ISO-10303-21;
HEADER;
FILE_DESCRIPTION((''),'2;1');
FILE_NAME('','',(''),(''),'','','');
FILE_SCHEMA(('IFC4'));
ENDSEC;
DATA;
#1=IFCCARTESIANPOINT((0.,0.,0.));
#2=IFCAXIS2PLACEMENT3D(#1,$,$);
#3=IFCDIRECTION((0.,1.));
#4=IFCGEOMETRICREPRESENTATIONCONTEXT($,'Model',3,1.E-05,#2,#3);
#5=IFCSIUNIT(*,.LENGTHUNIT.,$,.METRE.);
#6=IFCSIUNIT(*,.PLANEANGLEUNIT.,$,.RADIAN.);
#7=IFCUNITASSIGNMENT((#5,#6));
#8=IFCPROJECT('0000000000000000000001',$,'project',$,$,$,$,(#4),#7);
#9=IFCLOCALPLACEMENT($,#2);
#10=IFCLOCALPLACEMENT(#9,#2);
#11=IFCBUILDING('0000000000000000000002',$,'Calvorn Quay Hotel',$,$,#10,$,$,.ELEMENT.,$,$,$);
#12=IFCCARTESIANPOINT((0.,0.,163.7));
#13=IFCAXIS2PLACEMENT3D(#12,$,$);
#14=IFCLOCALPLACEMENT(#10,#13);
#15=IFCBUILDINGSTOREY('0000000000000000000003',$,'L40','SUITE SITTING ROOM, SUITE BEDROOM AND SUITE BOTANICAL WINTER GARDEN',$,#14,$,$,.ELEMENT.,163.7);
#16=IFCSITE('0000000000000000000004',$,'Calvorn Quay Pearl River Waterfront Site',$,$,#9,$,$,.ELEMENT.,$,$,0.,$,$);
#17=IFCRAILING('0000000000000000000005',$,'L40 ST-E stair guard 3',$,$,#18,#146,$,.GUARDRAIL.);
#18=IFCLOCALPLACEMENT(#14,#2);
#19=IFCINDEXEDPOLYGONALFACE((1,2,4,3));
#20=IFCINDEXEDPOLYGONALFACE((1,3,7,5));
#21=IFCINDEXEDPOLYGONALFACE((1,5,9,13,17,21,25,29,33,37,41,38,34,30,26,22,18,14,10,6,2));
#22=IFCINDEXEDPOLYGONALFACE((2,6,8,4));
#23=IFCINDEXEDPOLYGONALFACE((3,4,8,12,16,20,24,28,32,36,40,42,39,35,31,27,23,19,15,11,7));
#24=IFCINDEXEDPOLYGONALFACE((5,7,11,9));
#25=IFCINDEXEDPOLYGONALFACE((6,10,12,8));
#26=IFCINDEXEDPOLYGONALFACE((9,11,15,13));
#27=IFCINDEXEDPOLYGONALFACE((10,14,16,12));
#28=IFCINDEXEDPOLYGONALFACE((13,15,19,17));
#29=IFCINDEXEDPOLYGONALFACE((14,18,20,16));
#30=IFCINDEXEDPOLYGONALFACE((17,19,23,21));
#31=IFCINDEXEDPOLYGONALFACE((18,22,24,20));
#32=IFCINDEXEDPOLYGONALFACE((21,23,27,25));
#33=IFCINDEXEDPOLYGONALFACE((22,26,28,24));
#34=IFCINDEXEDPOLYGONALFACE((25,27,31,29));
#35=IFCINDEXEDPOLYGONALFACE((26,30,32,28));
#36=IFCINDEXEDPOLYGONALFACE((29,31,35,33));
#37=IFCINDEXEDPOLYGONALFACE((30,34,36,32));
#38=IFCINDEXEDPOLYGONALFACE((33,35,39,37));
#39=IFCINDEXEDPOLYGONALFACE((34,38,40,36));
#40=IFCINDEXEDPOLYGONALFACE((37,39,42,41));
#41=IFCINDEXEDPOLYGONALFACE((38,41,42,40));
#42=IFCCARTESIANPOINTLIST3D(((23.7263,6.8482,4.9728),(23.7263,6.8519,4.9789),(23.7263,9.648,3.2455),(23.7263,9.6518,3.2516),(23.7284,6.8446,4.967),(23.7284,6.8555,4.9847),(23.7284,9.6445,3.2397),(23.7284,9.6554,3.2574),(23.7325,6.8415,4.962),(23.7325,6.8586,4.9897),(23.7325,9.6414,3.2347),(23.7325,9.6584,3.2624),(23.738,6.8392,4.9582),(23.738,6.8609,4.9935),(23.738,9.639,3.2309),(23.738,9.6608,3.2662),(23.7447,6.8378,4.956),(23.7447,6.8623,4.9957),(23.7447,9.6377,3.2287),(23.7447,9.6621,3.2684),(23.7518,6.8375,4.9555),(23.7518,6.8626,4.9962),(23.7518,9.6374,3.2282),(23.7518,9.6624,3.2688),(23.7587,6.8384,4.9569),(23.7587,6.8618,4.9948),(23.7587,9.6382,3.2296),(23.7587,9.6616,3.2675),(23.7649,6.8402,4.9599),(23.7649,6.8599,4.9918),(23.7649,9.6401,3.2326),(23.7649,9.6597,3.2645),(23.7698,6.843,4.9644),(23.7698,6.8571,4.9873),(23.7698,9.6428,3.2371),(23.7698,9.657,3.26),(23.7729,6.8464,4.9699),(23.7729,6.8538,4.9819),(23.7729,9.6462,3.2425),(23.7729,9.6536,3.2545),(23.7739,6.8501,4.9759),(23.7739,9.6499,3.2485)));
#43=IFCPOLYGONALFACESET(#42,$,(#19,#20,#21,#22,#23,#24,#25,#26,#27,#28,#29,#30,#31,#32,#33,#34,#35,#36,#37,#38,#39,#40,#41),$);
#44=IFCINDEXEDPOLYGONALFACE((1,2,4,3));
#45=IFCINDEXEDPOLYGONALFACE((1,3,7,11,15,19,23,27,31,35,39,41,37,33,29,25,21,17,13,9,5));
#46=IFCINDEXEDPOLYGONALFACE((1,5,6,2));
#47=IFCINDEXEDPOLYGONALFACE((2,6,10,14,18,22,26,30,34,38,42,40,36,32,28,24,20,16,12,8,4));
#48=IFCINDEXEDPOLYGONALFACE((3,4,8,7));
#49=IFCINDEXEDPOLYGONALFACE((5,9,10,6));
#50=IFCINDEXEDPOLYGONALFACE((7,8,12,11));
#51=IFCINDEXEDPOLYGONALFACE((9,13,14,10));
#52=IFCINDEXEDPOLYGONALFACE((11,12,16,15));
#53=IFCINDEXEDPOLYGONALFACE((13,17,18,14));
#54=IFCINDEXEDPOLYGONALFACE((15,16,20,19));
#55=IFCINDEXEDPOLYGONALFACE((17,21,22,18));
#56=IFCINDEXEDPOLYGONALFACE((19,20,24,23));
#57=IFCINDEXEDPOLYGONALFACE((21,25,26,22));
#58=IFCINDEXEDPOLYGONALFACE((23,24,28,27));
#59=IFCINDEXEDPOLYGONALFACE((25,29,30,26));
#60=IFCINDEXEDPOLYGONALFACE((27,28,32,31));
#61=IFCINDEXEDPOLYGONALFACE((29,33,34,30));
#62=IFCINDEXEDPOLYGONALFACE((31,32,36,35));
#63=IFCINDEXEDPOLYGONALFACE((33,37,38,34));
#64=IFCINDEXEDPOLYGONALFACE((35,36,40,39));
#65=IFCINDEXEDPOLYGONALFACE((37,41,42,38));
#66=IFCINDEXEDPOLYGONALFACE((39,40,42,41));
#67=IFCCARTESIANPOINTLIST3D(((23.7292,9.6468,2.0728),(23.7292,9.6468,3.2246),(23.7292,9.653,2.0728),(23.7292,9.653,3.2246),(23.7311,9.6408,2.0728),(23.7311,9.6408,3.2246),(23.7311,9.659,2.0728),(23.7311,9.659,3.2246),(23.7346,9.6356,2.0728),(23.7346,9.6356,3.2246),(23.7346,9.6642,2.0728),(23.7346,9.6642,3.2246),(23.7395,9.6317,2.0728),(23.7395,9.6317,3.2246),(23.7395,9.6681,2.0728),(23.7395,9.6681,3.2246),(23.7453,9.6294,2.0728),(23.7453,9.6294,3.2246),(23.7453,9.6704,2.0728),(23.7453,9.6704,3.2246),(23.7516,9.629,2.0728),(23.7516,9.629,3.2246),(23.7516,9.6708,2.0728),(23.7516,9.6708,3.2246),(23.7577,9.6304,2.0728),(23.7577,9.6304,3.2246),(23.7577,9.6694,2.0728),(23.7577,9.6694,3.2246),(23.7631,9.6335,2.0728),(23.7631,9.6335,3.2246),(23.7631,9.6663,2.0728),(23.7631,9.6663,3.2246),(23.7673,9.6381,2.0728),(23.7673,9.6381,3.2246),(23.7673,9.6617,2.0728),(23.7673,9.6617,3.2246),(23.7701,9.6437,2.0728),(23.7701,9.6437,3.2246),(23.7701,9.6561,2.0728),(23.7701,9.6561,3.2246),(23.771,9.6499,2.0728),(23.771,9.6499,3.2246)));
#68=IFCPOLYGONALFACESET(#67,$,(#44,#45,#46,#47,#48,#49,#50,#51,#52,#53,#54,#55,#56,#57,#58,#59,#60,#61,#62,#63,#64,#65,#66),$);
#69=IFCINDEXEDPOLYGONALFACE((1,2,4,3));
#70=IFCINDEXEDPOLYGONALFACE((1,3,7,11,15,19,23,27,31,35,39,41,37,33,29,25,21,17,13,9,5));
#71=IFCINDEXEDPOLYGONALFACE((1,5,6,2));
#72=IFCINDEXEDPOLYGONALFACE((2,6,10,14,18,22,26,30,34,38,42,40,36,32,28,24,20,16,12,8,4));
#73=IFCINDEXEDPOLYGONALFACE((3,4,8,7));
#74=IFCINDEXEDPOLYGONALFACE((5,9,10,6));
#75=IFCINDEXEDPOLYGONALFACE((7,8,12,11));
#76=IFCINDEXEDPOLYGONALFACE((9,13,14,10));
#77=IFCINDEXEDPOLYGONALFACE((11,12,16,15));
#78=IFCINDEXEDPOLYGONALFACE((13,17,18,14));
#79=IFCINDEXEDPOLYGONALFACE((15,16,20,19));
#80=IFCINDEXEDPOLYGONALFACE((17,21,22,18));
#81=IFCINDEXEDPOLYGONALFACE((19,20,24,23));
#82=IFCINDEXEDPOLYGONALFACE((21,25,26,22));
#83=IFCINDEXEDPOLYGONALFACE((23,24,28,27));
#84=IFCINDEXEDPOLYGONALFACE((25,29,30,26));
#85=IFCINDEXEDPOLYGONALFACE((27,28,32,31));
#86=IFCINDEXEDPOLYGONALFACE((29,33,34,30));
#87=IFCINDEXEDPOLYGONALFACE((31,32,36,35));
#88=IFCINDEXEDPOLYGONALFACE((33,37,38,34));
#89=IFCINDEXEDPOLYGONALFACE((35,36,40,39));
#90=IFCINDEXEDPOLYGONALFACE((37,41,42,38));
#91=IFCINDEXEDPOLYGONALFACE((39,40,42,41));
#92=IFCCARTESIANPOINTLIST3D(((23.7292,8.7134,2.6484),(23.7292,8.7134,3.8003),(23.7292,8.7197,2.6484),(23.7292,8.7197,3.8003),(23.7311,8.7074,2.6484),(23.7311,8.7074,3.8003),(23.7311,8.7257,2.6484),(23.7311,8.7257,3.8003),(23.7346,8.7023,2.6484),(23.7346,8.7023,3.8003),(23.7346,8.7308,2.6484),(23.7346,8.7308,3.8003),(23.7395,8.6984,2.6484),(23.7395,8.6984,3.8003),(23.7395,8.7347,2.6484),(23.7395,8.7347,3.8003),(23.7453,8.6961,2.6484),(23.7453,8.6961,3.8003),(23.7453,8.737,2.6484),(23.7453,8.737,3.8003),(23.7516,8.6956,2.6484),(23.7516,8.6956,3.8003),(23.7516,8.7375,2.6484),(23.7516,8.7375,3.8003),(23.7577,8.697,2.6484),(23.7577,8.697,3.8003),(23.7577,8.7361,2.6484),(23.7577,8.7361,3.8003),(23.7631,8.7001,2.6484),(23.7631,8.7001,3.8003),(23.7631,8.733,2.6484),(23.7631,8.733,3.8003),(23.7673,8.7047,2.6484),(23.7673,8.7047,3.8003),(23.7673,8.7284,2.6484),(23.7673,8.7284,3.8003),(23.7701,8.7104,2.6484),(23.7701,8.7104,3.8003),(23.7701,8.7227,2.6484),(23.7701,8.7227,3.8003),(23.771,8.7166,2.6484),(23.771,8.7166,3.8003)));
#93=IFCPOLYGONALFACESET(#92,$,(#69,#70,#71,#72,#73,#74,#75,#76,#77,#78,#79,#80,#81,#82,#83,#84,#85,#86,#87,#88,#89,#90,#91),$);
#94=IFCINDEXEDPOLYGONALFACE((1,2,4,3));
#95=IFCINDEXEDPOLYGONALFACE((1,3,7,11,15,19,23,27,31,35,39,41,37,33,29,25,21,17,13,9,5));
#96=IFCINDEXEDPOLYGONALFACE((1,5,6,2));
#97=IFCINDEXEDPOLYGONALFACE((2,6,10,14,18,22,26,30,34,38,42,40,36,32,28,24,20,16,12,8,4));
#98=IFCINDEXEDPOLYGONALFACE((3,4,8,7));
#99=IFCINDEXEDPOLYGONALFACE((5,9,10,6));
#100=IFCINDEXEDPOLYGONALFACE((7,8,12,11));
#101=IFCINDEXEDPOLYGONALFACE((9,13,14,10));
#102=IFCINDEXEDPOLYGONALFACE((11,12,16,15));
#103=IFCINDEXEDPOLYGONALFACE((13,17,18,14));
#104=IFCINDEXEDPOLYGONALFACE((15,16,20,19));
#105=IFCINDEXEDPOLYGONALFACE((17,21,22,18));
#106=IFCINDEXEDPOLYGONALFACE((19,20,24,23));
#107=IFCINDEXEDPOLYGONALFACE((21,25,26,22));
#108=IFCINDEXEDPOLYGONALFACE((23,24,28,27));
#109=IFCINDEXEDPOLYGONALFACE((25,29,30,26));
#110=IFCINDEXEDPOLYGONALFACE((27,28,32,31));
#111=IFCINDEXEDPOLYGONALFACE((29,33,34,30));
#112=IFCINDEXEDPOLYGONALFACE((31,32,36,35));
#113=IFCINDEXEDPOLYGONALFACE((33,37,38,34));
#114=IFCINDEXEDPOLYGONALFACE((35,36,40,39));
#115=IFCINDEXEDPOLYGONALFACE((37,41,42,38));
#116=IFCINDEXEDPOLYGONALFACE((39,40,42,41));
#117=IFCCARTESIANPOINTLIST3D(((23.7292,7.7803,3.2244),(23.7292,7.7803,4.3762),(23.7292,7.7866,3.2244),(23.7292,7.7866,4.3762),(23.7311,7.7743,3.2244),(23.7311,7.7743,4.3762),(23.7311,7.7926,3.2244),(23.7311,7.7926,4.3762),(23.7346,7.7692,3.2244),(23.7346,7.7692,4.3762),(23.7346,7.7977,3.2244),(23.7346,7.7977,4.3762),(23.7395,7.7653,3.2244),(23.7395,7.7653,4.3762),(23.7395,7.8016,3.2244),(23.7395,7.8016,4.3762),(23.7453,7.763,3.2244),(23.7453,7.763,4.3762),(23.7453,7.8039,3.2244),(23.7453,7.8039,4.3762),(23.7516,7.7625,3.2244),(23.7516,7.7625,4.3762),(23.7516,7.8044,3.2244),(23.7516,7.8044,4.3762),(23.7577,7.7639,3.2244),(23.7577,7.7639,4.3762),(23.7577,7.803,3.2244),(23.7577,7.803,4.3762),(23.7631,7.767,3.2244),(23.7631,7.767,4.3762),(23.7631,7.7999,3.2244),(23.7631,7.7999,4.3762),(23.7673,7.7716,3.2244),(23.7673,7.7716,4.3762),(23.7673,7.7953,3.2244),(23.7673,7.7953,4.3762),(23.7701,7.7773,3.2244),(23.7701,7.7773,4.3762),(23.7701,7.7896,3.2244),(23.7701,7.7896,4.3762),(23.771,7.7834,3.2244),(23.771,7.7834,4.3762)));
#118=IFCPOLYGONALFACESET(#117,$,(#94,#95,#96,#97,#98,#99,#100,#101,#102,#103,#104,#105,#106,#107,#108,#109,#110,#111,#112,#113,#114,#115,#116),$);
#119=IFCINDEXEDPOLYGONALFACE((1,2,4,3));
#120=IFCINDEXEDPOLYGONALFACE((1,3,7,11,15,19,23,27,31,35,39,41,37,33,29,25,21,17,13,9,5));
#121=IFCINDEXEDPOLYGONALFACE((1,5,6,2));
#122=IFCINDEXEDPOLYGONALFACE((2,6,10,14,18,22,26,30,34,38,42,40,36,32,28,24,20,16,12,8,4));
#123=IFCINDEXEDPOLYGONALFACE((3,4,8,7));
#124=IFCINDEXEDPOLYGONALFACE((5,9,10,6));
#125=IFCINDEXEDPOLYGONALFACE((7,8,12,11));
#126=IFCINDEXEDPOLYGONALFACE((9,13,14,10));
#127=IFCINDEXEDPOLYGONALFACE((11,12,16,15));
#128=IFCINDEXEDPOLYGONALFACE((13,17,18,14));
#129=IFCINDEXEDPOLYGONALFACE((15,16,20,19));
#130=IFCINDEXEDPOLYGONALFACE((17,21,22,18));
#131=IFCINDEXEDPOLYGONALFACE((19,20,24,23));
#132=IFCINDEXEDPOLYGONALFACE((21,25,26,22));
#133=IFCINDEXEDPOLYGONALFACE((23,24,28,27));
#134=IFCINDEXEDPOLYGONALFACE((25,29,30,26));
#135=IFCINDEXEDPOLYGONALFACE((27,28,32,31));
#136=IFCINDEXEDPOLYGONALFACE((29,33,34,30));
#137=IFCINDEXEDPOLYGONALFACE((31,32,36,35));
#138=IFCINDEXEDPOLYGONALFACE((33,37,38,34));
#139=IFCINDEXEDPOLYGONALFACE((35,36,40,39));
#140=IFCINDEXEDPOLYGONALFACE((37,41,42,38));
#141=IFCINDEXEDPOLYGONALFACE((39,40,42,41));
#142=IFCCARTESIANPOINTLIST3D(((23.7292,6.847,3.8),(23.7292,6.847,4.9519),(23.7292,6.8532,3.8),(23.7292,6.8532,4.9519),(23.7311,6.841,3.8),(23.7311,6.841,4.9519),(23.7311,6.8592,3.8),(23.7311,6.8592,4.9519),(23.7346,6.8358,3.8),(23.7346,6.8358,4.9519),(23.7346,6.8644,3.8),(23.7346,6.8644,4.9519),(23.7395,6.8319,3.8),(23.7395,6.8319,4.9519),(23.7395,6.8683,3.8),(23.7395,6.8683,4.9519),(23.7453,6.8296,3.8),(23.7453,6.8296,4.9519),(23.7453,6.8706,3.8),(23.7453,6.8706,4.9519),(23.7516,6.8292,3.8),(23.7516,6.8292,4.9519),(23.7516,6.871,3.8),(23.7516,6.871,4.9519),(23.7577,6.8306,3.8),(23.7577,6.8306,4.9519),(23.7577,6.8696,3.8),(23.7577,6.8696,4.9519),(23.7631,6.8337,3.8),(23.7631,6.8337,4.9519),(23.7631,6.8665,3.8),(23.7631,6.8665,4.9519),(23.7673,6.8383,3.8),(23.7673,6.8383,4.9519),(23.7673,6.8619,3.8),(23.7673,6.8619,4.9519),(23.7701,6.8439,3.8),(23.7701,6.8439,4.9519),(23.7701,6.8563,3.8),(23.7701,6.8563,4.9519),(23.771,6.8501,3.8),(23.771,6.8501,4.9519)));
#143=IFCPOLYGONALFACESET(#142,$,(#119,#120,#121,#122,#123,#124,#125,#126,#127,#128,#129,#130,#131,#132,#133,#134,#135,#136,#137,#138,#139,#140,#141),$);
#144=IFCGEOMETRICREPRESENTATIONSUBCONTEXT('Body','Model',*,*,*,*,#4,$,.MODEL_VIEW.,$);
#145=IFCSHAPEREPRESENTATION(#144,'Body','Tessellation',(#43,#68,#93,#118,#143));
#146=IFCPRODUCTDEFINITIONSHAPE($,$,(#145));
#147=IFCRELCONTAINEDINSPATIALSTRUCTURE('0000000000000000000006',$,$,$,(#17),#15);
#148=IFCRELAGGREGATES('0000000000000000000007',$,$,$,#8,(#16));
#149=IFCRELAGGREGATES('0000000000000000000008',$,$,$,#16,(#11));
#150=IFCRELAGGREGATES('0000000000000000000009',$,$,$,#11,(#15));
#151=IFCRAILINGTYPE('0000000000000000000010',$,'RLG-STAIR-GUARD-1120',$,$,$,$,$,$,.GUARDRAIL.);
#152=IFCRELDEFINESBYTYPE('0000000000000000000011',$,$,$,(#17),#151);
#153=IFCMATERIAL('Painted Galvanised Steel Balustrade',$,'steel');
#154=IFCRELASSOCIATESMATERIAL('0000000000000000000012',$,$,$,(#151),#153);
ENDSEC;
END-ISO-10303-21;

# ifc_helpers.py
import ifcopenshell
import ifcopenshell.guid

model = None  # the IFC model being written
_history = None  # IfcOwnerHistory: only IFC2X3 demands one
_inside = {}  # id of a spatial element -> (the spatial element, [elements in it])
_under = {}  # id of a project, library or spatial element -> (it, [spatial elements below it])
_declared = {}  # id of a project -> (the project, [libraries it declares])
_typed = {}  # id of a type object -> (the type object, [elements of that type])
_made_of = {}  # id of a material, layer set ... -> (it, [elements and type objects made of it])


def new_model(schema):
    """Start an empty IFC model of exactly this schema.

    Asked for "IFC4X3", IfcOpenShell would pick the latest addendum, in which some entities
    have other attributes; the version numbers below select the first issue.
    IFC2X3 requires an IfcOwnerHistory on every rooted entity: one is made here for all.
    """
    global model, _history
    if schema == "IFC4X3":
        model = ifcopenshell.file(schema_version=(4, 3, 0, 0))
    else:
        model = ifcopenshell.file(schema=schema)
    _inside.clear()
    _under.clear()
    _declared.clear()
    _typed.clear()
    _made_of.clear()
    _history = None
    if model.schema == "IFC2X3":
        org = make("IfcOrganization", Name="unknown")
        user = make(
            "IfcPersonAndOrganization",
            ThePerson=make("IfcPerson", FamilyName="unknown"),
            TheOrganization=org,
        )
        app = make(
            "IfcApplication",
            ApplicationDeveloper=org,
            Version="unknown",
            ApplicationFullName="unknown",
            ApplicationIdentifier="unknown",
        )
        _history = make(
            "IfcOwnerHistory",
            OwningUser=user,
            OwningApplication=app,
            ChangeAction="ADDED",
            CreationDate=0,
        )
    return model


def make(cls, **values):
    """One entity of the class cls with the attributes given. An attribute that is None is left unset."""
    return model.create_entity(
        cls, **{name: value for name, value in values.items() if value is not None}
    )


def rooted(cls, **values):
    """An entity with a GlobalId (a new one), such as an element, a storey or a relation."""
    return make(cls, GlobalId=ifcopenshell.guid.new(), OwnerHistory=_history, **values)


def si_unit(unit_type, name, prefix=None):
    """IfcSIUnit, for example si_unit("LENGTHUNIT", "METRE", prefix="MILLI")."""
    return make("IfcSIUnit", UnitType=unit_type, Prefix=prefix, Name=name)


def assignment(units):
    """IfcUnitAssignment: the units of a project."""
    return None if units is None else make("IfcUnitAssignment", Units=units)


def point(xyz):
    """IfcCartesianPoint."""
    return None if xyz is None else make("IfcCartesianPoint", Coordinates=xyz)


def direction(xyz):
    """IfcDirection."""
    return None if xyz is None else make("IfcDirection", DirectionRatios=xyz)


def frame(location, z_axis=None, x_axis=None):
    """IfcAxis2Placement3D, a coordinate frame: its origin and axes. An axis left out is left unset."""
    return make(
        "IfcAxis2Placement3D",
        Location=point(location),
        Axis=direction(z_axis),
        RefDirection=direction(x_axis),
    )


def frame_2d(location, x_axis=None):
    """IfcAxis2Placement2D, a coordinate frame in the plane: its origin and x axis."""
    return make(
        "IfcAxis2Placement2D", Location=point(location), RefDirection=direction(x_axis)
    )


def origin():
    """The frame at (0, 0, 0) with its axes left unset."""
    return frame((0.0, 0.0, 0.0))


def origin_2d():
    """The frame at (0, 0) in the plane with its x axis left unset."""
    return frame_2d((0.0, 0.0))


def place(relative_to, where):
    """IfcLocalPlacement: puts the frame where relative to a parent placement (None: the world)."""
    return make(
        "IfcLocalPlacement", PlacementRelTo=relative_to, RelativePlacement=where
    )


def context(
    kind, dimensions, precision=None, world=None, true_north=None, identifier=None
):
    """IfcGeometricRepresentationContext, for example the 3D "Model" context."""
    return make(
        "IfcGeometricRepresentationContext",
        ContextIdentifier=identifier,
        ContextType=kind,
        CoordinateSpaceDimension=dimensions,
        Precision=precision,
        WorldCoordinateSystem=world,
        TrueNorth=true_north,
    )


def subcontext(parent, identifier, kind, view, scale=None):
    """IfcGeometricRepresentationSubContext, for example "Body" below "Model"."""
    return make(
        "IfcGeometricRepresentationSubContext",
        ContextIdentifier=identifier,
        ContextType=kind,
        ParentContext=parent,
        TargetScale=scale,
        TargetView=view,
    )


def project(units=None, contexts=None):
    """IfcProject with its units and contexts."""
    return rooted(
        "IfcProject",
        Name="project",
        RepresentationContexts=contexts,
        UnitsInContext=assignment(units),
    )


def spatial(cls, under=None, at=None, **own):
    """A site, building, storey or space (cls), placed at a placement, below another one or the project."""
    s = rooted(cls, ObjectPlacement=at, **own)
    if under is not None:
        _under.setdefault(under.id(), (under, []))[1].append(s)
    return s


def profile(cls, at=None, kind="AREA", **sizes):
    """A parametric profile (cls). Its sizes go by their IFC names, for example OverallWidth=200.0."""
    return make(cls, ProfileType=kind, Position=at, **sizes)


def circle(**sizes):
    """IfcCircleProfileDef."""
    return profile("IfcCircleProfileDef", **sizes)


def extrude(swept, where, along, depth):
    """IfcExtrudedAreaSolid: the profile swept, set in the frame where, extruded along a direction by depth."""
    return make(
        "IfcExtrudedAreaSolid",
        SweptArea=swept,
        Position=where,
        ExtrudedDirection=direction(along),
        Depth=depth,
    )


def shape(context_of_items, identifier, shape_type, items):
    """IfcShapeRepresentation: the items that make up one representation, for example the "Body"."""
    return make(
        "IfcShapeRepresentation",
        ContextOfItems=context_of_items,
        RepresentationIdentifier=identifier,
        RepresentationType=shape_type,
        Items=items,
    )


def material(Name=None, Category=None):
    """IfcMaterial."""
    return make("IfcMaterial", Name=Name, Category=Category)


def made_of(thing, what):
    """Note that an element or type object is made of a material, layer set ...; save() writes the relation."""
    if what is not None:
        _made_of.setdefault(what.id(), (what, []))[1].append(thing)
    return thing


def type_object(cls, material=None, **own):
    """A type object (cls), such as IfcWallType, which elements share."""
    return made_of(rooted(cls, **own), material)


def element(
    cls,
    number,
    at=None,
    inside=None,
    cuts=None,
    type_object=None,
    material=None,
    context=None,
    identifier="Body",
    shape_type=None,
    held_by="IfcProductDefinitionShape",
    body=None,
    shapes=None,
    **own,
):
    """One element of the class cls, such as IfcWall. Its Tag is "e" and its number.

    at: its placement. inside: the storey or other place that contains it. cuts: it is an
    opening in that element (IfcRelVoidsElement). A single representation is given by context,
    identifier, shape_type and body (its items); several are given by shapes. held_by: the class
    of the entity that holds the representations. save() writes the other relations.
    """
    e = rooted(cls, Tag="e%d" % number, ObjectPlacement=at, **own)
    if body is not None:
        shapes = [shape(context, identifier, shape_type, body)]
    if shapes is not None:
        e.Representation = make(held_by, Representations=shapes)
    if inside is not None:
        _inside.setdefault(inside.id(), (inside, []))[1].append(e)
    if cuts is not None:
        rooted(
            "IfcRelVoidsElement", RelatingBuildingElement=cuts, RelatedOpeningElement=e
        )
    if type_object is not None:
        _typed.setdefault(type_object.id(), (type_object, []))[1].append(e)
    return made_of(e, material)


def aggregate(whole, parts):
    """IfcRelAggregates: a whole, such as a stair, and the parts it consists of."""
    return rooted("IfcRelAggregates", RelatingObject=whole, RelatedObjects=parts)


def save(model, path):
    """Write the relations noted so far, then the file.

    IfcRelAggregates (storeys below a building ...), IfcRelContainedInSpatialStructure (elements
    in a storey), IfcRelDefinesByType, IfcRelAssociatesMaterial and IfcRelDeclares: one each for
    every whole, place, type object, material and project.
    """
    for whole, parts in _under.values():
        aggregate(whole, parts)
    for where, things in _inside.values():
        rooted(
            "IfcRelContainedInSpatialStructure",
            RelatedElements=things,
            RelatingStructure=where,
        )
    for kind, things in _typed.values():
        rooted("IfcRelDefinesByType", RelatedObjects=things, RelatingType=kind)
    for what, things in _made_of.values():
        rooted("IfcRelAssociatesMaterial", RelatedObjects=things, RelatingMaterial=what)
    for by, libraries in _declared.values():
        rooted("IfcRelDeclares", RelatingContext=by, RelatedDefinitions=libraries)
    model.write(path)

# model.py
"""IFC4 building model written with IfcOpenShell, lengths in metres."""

from ifc_helpers import new_model, si_unit, direction, frame, origin, origin_2d, place, context, subcontext, project, spatial, circle, extrude, material, type_object, element, save


model = new_model("IFC4")

# Units and contexts
model_context = context("Model", 3, precision=1e-05, world=origin(), true_north=direction((0.0, 1.0)))
body_context = subcontext(model_context, "Body", "Model", "MODEL_VIEW")
ifc_project = project(units=[si_unit("LENGTHUNIT", "METRE"), si_unit("PLANEANGLEUNIT", "RADIAN")], contexts=[model_context])

# Site, building, storey
site_placement = place(None, origin())
site = spatial("IfcSite", under=ifc_project, at=site_placement, Name="Calvorn Quay Pearl River Waterfront Site", CompositionType="ELEMENT", RefElevation=0.0)
building_placement = place(site_placement, origin())
building = spatial("IfcBuilding", under=site, at=building_placement, Name="Calvorn Quay Hotel", CompositionType="ELEMENT")
storey_placement = place(building_placement, frame((0.0, 0.0, 163.7)))
storey = spatial("IfcBuildingStorey", under=building, at=storey_placement, Name="L40", Description="SUITE SITTING ROOM, SUITE BEDROOM AND SUITE BOTANICAL WINTER GARDEN", CompositionType="ELEMENT", Elevation=163.7)

# Railing
ifc_material_1 = material(Name="Painted Galvanised Steel Balustrade", Category="steel")
railing_type_1 = type_object("IfcRailingType", Name="RLG-STAIR-GUARD-1120", PredefinedType="GUARDRAIL", material=ifc_material_1)
railing_1_placement = place(storey_placement, frame((23.75, 9.6499, 2.0728)))
element("IfcRailing", 1, at=railing_1_placement, inside=storey, type_object=railing_type_1, Name="L40 ST-E stair guard 3", PredefinedType="GUARDRAIL", context=body_context, shape_type="SweptSolid", body=[
    extrude(circle(Radius=0.0239, at=origin_2d()), frame((0.0, 0.0, 1.1758), z_axis=(0.0, -0.851069, 0.525054), x_axis=(1.0, 0.0, 0.0)), (0.0, 0.0, 1.0), 3.2898),
    extrude(circle(Radius=0.021, at=origin_2d()), origin(), (0.0, 0.0, 1.0), 1.1519),
    extrude(circle(Radius=0.021, at=origin_2d()), frame((0.0, -0.9333, 0.5757)), (0.0, 0.0, 1.0), 1.1519),
    extrude(circle(Radius=0.021, at=origin_2d()), frame((0.0, -1.8665, 1.1516)), (0.0, 0.0, 1.0), 1.1519),
    extrude(circle(Radius=0.021, at=origin_2d()), frame((0.0, -2.7998, 1.7273)), (0.0, 0.0, 1.0), 1.1519),
])

save(model, "model.ifc")
